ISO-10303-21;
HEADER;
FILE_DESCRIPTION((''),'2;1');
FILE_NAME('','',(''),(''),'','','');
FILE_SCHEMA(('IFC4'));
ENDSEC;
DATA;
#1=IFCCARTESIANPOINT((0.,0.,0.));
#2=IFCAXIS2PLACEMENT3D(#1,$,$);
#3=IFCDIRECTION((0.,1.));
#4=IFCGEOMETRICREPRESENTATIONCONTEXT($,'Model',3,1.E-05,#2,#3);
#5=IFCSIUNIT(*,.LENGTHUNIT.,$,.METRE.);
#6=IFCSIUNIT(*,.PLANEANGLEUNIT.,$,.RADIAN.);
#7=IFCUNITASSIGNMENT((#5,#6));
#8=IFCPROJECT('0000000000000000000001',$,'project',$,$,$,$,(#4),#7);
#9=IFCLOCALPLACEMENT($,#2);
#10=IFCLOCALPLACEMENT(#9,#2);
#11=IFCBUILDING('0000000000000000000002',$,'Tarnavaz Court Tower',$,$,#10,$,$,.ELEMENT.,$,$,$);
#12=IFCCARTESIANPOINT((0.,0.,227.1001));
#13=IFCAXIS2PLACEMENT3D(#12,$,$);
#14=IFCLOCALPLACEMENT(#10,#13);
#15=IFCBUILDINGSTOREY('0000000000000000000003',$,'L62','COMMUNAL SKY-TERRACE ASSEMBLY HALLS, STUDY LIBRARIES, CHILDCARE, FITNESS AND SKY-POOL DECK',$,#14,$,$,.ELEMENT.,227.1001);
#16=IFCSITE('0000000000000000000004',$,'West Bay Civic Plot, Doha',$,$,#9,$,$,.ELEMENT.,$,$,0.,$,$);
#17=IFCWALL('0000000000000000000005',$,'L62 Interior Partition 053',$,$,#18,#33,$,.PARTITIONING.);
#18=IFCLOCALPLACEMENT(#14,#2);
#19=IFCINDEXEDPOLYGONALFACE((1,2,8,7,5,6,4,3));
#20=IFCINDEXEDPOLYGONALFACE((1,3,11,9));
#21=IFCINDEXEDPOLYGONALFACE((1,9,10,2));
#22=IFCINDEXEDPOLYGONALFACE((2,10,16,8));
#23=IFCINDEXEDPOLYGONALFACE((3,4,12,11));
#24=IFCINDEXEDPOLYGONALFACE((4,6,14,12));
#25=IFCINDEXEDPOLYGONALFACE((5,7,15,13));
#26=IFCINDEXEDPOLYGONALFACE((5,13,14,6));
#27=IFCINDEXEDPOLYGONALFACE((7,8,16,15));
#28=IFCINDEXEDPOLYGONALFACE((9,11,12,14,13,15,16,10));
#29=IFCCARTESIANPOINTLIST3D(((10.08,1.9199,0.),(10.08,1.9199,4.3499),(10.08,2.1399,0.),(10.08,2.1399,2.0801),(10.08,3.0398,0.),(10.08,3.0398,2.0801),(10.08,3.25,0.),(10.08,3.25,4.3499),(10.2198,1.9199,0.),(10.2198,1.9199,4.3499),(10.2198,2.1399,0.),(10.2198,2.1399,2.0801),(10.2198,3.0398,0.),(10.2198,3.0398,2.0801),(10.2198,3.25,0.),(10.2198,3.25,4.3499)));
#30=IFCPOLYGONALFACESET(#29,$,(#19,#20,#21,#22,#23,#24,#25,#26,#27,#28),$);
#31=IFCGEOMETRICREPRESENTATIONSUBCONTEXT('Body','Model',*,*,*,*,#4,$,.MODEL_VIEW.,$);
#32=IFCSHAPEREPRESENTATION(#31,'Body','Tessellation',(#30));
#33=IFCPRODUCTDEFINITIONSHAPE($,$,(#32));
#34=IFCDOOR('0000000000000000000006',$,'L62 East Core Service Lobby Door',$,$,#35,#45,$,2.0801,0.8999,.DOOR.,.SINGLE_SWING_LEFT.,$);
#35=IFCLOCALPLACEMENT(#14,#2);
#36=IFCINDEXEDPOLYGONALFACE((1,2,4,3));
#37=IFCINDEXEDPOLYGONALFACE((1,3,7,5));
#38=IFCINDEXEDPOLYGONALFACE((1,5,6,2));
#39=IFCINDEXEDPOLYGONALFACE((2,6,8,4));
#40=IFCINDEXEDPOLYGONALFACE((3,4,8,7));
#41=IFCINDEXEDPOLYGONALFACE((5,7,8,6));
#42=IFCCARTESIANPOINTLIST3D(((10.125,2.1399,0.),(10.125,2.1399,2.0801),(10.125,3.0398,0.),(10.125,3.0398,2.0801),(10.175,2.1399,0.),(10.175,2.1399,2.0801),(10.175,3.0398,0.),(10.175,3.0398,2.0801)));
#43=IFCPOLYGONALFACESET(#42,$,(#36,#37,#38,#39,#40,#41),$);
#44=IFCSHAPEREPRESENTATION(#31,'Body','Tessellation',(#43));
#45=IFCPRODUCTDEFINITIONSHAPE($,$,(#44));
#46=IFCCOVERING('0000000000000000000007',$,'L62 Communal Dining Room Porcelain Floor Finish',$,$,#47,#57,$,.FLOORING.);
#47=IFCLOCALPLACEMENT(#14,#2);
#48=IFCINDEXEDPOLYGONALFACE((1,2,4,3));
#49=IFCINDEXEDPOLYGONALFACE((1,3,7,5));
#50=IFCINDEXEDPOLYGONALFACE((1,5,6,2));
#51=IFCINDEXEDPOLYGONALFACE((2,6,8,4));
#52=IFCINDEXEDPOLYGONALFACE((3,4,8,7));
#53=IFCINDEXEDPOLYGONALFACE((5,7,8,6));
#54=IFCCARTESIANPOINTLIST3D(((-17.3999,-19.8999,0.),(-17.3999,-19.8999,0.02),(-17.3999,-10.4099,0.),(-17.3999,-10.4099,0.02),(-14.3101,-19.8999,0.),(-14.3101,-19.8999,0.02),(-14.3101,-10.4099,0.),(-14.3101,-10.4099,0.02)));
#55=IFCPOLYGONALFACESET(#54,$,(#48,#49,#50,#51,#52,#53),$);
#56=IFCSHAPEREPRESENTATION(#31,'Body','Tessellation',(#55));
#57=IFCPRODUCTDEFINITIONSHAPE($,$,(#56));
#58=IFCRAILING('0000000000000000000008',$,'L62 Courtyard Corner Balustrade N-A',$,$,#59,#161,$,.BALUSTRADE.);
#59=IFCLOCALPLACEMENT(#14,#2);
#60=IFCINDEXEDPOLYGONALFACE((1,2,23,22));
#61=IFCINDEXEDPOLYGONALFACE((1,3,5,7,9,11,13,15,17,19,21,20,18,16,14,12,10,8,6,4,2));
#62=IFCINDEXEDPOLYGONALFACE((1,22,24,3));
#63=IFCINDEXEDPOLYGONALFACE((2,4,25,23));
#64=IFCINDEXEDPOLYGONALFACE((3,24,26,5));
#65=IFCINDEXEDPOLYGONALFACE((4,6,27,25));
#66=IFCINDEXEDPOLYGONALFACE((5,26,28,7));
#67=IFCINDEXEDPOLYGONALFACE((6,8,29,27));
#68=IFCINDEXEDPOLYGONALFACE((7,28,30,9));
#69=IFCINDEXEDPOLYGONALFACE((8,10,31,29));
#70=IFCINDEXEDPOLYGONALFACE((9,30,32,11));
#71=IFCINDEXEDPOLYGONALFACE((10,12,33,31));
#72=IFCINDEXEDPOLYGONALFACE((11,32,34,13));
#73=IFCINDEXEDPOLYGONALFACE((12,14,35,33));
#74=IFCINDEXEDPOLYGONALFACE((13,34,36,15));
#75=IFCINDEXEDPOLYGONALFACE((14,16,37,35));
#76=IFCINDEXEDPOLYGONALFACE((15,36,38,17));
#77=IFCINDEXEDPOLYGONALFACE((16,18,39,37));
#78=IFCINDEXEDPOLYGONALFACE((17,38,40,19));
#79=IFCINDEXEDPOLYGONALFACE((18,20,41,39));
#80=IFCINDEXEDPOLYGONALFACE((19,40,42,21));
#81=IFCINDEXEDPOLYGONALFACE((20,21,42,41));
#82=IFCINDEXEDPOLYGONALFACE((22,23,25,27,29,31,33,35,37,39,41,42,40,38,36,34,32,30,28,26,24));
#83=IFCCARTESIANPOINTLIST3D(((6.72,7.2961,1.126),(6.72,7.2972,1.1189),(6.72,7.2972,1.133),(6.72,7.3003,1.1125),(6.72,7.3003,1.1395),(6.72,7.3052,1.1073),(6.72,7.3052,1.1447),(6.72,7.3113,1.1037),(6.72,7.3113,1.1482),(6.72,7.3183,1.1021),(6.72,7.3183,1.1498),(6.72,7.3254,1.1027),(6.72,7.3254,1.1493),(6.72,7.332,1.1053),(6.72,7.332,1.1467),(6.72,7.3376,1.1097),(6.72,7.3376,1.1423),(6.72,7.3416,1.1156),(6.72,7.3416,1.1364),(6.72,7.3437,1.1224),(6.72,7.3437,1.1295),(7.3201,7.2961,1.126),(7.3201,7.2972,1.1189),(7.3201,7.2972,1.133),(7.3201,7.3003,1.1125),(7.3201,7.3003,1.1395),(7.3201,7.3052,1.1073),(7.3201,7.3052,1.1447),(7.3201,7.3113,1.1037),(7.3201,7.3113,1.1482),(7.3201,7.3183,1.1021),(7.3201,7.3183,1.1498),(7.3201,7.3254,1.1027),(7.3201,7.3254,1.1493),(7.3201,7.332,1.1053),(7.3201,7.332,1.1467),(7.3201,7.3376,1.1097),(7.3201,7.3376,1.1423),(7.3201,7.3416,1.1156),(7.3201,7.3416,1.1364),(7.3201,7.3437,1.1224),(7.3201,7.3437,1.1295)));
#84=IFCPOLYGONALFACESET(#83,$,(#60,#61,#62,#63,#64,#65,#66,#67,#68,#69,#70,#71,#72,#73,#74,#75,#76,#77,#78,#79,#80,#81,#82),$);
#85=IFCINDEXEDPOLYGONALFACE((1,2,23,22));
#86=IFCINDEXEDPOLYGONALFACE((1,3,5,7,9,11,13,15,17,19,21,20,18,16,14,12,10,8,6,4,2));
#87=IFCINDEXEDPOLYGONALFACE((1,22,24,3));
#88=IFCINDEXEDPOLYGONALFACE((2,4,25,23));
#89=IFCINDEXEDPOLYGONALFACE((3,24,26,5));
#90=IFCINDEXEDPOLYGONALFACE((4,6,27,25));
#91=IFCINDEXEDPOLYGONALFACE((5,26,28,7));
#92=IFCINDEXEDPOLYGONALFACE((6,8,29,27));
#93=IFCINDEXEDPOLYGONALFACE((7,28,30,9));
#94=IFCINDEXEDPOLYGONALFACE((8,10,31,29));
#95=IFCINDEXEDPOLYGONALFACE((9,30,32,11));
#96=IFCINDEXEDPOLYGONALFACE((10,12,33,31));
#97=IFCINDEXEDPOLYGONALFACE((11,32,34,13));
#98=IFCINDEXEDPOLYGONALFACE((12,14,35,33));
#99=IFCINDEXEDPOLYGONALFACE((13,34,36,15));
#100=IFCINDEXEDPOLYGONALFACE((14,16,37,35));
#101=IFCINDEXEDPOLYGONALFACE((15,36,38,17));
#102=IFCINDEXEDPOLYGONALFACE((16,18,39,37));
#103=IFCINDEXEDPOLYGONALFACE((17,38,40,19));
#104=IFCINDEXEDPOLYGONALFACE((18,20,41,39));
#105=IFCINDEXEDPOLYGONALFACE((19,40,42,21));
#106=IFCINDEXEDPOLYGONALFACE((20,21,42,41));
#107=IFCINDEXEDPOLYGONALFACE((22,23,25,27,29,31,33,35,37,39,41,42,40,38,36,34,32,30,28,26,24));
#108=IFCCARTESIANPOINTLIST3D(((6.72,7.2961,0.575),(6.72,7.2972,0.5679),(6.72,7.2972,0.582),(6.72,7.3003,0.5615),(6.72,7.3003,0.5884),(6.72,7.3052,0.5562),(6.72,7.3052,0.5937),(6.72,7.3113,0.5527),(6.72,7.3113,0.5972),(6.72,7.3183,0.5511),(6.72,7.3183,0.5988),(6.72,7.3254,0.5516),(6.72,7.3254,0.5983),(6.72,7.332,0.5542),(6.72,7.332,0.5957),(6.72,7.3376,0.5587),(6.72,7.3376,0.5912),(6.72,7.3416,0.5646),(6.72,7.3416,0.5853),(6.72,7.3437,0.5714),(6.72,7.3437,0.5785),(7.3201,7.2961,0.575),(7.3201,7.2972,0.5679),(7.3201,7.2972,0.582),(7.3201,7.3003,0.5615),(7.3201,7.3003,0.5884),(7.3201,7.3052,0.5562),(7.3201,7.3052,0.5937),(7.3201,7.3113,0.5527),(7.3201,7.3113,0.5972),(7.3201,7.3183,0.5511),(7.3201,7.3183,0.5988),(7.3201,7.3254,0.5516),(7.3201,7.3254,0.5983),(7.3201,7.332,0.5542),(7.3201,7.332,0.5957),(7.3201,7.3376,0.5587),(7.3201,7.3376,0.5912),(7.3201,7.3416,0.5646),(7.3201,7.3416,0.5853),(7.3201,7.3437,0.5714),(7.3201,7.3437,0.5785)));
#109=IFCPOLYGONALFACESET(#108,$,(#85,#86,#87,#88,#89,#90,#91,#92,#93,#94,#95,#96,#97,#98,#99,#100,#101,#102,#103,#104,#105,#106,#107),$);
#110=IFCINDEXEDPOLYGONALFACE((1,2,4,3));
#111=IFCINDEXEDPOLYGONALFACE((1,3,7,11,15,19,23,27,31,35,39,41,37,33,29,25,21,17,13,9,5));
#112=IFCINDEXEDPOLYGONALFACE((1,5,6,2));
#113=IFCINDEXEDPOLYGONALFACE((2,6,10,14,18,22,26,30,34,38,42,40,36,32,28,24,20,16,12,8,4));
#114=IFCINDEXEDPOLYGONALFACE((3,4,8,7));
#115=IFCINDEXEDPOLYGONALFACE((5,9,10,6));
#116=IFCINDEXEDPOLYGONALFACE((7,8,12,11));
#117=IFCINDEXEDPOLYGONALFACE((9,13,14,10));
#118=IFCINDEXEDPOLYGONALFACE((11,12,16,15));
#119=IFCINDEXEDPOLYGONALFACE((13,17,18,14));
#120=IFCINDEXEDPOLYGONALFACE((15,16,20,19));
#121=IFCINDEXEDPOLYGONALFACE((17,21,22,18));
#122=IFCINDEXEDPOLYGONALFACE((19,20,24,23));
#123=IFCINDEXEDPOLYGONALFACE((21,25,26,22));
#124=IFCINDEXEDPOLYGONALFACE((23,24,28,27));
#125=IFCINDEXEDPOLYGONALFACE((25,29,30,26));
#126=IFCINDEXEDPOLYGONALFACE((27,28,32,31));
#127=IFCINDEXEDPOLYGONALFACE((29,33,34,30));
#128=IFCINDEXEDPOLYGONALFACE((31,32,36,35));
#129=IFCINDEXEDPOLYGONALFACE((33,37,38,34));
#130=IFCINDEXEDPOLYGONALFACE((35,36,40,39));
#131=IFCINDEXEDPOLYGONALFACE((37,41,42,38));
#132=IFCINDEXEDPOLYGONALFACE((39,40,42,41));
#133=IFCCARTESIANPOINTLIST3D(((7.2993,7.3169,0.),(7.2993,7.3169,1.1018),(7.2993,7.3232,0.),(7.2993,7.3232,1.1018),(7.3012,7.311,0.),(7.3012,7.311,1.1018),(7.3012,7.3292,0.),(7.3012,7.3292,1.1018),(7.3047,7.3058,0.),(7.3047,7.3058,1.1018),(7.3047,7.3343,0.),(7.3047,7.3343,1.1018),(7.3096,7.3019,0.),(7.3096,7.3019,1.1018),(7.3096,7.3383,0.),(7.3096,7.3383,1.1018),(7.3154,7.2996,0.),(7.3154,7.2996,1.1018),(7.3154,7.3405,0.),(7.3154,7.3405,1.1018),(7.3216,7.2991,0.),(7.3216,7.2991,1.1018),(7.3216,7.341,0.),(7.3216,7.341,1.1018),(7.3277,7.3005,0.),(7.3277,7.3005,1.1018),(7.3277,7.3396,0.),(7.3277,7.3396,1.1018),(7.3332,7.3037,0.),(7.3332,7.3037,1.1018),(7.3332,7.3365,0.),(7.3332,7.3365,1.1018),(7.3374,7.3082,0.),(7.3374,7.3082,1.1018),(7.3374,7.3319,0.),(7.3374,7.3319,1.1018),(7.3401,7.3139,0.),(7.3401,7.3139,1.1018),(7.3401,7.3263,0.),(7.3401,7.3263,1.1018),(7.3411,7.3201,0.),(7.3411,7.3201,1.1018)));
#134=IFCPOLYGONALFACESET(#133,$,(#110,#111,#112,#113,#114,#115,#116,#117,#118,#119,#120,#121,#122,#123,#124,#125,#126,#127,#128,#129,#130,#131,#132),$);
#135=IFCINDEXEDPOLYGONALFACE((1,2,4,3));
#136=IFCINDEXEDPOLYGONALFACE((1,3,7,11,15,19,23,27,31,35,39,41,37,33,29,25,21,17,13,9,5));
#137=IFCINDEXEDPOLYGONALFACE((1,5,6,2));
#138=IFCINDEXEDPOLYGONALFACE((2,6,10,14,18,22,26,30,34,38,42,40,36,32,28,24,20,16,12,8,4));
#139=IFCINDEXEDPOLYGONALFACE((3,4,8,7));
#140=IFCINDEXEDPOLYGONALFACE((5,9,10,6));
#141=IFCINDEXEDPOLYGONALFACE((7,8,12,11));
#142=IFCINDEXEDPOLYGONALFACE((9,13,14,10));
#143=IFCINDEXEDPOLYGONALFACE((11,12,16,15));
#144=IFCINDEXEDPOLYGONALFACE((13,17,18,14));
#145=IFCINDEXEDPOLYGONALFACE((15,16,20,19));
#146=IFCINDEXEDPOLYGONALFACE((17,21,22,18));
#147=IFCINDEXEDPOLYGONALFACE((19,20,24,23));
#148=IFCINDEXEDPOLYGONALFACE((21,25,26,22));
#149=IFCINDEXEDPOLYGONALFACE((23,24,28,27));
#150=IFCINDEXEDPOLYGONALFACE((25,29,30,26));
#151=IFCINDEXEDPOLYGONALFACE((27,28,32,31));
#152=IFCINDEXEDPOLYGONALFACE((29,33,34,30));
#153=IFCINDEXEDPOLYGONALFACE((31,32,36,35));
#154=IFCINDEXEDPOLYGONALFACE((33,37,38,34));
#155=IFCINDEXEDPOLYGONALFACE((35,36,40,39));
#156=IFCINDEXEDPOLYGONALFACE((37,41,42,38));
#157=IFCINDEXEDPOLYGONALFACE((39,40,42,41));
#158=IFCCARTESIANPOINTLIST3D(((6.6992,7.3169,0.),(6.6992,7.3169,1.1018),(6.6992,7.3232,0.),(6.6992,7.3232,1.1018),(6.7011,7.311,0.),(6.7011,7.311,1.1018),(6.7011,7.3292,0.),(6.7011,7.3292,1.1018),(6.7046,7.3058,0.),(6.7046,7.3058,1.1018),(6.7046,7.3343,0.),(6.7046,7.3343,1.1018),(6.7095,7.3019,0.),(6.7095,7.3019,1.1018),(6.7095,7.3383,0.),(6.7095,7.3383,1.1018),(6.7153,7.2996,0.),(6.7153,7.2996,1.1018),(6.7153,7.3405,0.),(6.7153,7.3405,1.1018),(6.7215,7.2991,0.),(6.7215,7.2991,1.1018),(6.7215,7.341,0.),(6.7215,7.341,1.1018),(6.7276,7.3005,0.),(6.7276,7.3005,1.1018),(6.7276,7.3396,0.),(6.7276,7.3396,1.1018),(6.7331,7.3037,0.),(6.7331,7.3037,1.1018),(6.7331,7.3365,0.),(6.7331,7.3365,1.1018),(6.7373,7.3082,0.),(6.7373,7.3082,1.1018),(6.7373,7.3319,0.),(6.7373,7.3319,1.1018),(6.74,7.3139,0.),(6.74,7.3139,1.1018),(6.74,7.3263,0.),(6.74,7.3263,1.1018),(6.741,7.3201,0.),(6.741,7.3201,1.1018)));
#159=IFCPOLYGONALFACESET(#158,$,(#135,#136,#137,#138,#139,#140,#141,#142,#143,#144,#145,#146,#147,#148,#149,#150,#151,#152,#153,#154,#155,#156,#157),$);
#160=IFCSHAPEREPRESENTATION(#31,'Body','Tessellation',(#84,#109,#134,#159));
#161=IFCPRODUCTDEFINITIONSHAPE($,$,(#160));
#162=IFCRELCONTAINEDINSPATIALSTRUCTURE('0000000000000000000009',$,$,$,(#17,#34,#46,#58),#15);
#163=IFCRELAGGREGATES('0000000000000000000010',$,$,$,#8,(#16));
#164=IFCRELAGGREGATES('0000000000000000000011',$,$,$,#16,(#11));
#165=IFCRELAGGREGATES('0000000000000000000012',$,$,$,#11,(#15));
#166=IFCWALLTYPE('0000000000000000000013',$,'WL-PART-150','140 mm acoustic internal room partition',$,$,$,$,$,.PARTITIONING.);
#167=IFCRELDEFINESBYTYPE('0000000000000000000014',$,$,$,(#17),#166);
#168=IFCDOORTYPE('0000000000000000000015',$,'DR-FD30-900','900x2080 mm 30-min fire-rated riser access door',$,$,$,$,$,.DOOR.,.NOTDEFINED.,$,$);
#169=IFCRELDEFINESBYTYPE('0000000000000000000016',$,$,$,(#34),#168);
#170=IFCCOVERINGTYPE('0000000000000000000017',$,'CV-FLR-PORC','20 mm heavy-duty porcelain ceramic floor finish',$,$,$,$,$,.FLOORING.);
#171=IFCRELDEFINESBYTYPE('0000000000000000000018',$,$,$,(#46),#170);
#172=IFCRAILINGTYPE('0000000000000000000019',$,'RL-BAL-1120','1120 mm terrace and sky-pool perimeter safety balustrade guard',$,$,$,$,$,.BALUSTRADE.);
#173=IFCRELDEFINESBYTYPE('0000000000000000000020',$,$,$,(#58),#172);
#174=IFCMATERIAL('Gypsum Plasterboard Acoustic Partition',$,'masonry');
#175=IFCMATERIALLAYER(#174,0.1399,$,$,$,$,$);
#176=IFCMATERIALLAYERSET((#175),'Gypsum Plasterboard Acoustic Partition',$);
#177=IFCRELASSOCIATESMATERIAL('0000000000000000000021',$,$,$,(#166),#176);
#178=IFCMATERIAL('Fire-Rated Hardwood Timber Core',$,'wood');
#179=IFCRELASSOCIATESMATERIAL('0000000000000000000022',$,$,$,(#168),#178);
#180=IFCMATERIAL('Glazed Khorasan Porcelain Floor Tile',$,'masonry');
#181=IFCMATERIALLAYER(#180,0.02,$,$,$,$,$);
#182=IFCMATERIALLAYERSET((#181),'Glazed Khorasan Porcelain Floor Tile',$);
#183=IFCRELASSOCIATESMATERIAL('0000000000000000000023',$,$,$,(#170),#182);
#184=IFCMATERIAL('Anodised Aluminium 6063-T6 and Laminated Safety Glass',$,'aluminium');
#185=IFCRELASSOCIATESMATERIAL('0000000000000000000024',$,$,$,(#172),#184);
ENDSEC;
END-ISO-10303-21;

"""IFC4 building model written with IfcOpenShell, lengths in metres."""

from ifc_helpers import new_model, si_unit, direction, frame, frame_2d, origin, origin_2d, place, context, subcontext, project, spatial, polyline, rectangle, circle, outline, extrude, material, layer, layer_set, type_object, element, fill, save


model = new_model("IFC4")

# Units and contexts
model_context = context("Model", 3, precision=1e-05, world=origin(), true_north=direction((0.0, 1.0)))
body_context = subcontext(model_context, "Body", "Model", "MODEL_VIEW")
ifc_project = project(units=[si_unit("LENGTHUNIT", "METRE"), si_unit("PLANEANGLEUNIT", "RADIAN")], contexts=[model_context])

# Site, building, storey
site_placement = place(None, origin())
site = spatial("IfcSite", under=ifc_project, at=site_placement, Name="West Bay Civic Plot, Doha", CompositionType="ELEMENT", RefElevation=0.0)
building_placement = place(site_placement, origin())
building = spatial("IfcBuilding", under=site, at=building_placement, Name="Tarnavaz Court Tower", CompositionType="ELEMENT")
storey_placement = place(building_placement, frame((0.0, 0.0, 227.1001)))
storey = spatial("IfcBuildingStorey", under=building, at=storey_placement, Name="L62", Description="COMMUNAL SKY-TERRACE ASSEMBLY HALLS, STUDY LIBRARIES, CHILDCARE, FITNESS AND SKY-POOL DECK", CompositionType="ELEMENT", Elevation=227.1001)

# Shared definitions
ifc_material_1 = material(Name="Fire-Rated Hardwood Timber Core", Category="wood")

# Wall, opening, door
ifc_material_2 = material(Name="Gypsum Plasterboard Acoustic Partition", Category="masonry")
ifc_layer_1 = layer(ifc_material_2, 0.1399)
ifc_layer_set_1 = layer_set([ifc_layer_1], Name="Gypsum Plasterboard Acoustic Partition")
wall_type_1 = type_object("IfcWallType", Name="WL-PART-150", Description="140 mm acoustic internal room partition", PredefinedType="PARTITIONING", material=ifc_layer_set_1)
wall_1_placement = place(storey_placement, frame((10.1499, 1.9199, 0.0), z_axis=(0.0, 0.0, 1.0), x_axis=(0.0, 1.0, 0.0)))
wall_1 = element("IfcWall", 1, at=wall_1_placement, inside=storey, type_object=wall_type_1, Name="L62 Interior Partition 053", PredefinedType="PARTITIONING", context=body_context, shape_type="SweptSolid", body=[
    extrude(rectangle(XDim=1.3301, YDim=0.1399, at=frame_2d((0.665, 0.0))), origin(), (0.0, 0.0, 1.0), 4.3499),
])
opening_1_placement = place(wall_1_placement, frame((0.22, 0.0, 0.0)))
opening_1 = element("IfcOpeningElement", 2, at=opening_1_placement, cuts=wall_1, PredefinedType="OPENING", context=body_context, shape_type="SweptSolid", body=[
    extrude(rectangle(XDim=0.8999, YDim=2.0801, at=frame_2d((0.45, 1.04))), frame((0.0, 0.0798, 0.0), z_axis=(0.0, -1.0, 0.0), x_axis=(1.0, 0.0, 0.0)), (0.0, 0.0, 1.0), 0.1599),
])
door_type_1 = type_object("IfcDoorType", Name="DR-FD30-900", Description="900x2080 mm 30-min fire-rated riser access door", OperationType="NOTDEFINED", PredefinedType="DOOR", material=ifc_material_1)
door_1_placement = place(opening_1_placement, origin())
door_1 = element("IfcDoor", 3, at=door_1_placement, inside=storey, type_object=door_type_1, Name="L62 East Core Service Lobby Door", OperationType="SINGLE_SWING_LEFT", OverallHeight=2.0801, OverallWidth=0.8999, PredefinedType="DOOR", context=body_context, shape_type="SweptSolid", body=[
    extrude(rectangle(XDim=0.8999, YDim=2.0801, at=frame_2d((0.45, 1.04))), frame((0.0, 0.0249, 0.0), z_axis=(0.0, -1.0, 0.0), x_axis=(1.0, 0.0, 0.0)), (0.0, 0.0, 1.0), 0.05),
])
fill(opening_1, door_1)

# Covering
ifc_material_3 = material(Name="Glazed Khorasan Porcelain Floor Tile", Category="masonry")
ifc_layer_2 = layer(ifc_material_3, 0.02)
ifc_layer_set_2 = layer_set([ifc_layer_2], Name="Glazed Khorasan Porcelain Floor Tile")
covering_type = type_object("IfcCoveringType", Name="CV-FLR-PORC", Description="20 mm heavy-duty porcelain ceramic floor finish", PredefinedType="FLOORING", material=ifc_layer_set_2)
covering_placement = place(storey_placement, origin())
element("IfcCovering", 4, at=covering_placement, inside=storey, type_object=covering_type, Name="L62 Communal Dining Room Porcelain Floor Finish", PredefinedType="FLOORING", context=body_context, shape_type="SweptSolid", body=[
    extrude(outline(polyline([(-17.3999, -19.8999), (-14.3101, -19.8999), (-14.3101, -10.4099), (-17.3999, -10.4099), (-17.3999, -19.8999)])), origin(), (0.0, 0.0, 1.0), 0.02),
])

# Railing
ifc_material_4 = material(Name="Anodised Aluminium 6063-T6 and Laminated Safety Glass", Category="aluminium")
railing_type_1 = type_object("IfcRailingType", Name="RL-BAL-1120", Description="1120 mm terrace and sky-pool perimeter safety balustrade guard", PredefinedType="BALUSTRADE", material=ifc_material_4)
railing_1_placement = place(storey_placement, frame((7.3201, 7.3201, 0.0)))
element("IfcRailing", 5, at=railing_1_placement, inside=storey, type_object=railing_type_1, Name="L62 Courtyard Corner Balustrade N-A", PredefinedType="BALUSTRADE", context=body_context, shape_type="SweptSolid", body=[
    extrude(circle(Radius=0.0239, at=origin_2d()), frame((0.0, 0.0, 1.126), z_axis=(-1.0, 0.0, 0.0), x_axis=(0.0, -1.0, 0.0)), (0.0, 0.0, 1.0), 0.6001),
    extrude(circle(Radius=0.0239, at=origin_2d()), frame((0.0, 0.0, 0.575), z_axis=(-1.0, 0.0, 0.0), x_axis=(0.0, -1.0, 0.0)), (0.0, 0.0, 1.0), 0.6001),
    extrude(circle(Radius=0.021, at=origin_2d()), origin(), (0.0, 0.0, 1.0), 1.1018),
    extrude(circle(Radius=0.021, at=origin_2d()), frame((-0.6001, 0.0, 0.0)), (0.0, 0.0, 1.0), 1.1018),
])

save(model, "model.ifc")
